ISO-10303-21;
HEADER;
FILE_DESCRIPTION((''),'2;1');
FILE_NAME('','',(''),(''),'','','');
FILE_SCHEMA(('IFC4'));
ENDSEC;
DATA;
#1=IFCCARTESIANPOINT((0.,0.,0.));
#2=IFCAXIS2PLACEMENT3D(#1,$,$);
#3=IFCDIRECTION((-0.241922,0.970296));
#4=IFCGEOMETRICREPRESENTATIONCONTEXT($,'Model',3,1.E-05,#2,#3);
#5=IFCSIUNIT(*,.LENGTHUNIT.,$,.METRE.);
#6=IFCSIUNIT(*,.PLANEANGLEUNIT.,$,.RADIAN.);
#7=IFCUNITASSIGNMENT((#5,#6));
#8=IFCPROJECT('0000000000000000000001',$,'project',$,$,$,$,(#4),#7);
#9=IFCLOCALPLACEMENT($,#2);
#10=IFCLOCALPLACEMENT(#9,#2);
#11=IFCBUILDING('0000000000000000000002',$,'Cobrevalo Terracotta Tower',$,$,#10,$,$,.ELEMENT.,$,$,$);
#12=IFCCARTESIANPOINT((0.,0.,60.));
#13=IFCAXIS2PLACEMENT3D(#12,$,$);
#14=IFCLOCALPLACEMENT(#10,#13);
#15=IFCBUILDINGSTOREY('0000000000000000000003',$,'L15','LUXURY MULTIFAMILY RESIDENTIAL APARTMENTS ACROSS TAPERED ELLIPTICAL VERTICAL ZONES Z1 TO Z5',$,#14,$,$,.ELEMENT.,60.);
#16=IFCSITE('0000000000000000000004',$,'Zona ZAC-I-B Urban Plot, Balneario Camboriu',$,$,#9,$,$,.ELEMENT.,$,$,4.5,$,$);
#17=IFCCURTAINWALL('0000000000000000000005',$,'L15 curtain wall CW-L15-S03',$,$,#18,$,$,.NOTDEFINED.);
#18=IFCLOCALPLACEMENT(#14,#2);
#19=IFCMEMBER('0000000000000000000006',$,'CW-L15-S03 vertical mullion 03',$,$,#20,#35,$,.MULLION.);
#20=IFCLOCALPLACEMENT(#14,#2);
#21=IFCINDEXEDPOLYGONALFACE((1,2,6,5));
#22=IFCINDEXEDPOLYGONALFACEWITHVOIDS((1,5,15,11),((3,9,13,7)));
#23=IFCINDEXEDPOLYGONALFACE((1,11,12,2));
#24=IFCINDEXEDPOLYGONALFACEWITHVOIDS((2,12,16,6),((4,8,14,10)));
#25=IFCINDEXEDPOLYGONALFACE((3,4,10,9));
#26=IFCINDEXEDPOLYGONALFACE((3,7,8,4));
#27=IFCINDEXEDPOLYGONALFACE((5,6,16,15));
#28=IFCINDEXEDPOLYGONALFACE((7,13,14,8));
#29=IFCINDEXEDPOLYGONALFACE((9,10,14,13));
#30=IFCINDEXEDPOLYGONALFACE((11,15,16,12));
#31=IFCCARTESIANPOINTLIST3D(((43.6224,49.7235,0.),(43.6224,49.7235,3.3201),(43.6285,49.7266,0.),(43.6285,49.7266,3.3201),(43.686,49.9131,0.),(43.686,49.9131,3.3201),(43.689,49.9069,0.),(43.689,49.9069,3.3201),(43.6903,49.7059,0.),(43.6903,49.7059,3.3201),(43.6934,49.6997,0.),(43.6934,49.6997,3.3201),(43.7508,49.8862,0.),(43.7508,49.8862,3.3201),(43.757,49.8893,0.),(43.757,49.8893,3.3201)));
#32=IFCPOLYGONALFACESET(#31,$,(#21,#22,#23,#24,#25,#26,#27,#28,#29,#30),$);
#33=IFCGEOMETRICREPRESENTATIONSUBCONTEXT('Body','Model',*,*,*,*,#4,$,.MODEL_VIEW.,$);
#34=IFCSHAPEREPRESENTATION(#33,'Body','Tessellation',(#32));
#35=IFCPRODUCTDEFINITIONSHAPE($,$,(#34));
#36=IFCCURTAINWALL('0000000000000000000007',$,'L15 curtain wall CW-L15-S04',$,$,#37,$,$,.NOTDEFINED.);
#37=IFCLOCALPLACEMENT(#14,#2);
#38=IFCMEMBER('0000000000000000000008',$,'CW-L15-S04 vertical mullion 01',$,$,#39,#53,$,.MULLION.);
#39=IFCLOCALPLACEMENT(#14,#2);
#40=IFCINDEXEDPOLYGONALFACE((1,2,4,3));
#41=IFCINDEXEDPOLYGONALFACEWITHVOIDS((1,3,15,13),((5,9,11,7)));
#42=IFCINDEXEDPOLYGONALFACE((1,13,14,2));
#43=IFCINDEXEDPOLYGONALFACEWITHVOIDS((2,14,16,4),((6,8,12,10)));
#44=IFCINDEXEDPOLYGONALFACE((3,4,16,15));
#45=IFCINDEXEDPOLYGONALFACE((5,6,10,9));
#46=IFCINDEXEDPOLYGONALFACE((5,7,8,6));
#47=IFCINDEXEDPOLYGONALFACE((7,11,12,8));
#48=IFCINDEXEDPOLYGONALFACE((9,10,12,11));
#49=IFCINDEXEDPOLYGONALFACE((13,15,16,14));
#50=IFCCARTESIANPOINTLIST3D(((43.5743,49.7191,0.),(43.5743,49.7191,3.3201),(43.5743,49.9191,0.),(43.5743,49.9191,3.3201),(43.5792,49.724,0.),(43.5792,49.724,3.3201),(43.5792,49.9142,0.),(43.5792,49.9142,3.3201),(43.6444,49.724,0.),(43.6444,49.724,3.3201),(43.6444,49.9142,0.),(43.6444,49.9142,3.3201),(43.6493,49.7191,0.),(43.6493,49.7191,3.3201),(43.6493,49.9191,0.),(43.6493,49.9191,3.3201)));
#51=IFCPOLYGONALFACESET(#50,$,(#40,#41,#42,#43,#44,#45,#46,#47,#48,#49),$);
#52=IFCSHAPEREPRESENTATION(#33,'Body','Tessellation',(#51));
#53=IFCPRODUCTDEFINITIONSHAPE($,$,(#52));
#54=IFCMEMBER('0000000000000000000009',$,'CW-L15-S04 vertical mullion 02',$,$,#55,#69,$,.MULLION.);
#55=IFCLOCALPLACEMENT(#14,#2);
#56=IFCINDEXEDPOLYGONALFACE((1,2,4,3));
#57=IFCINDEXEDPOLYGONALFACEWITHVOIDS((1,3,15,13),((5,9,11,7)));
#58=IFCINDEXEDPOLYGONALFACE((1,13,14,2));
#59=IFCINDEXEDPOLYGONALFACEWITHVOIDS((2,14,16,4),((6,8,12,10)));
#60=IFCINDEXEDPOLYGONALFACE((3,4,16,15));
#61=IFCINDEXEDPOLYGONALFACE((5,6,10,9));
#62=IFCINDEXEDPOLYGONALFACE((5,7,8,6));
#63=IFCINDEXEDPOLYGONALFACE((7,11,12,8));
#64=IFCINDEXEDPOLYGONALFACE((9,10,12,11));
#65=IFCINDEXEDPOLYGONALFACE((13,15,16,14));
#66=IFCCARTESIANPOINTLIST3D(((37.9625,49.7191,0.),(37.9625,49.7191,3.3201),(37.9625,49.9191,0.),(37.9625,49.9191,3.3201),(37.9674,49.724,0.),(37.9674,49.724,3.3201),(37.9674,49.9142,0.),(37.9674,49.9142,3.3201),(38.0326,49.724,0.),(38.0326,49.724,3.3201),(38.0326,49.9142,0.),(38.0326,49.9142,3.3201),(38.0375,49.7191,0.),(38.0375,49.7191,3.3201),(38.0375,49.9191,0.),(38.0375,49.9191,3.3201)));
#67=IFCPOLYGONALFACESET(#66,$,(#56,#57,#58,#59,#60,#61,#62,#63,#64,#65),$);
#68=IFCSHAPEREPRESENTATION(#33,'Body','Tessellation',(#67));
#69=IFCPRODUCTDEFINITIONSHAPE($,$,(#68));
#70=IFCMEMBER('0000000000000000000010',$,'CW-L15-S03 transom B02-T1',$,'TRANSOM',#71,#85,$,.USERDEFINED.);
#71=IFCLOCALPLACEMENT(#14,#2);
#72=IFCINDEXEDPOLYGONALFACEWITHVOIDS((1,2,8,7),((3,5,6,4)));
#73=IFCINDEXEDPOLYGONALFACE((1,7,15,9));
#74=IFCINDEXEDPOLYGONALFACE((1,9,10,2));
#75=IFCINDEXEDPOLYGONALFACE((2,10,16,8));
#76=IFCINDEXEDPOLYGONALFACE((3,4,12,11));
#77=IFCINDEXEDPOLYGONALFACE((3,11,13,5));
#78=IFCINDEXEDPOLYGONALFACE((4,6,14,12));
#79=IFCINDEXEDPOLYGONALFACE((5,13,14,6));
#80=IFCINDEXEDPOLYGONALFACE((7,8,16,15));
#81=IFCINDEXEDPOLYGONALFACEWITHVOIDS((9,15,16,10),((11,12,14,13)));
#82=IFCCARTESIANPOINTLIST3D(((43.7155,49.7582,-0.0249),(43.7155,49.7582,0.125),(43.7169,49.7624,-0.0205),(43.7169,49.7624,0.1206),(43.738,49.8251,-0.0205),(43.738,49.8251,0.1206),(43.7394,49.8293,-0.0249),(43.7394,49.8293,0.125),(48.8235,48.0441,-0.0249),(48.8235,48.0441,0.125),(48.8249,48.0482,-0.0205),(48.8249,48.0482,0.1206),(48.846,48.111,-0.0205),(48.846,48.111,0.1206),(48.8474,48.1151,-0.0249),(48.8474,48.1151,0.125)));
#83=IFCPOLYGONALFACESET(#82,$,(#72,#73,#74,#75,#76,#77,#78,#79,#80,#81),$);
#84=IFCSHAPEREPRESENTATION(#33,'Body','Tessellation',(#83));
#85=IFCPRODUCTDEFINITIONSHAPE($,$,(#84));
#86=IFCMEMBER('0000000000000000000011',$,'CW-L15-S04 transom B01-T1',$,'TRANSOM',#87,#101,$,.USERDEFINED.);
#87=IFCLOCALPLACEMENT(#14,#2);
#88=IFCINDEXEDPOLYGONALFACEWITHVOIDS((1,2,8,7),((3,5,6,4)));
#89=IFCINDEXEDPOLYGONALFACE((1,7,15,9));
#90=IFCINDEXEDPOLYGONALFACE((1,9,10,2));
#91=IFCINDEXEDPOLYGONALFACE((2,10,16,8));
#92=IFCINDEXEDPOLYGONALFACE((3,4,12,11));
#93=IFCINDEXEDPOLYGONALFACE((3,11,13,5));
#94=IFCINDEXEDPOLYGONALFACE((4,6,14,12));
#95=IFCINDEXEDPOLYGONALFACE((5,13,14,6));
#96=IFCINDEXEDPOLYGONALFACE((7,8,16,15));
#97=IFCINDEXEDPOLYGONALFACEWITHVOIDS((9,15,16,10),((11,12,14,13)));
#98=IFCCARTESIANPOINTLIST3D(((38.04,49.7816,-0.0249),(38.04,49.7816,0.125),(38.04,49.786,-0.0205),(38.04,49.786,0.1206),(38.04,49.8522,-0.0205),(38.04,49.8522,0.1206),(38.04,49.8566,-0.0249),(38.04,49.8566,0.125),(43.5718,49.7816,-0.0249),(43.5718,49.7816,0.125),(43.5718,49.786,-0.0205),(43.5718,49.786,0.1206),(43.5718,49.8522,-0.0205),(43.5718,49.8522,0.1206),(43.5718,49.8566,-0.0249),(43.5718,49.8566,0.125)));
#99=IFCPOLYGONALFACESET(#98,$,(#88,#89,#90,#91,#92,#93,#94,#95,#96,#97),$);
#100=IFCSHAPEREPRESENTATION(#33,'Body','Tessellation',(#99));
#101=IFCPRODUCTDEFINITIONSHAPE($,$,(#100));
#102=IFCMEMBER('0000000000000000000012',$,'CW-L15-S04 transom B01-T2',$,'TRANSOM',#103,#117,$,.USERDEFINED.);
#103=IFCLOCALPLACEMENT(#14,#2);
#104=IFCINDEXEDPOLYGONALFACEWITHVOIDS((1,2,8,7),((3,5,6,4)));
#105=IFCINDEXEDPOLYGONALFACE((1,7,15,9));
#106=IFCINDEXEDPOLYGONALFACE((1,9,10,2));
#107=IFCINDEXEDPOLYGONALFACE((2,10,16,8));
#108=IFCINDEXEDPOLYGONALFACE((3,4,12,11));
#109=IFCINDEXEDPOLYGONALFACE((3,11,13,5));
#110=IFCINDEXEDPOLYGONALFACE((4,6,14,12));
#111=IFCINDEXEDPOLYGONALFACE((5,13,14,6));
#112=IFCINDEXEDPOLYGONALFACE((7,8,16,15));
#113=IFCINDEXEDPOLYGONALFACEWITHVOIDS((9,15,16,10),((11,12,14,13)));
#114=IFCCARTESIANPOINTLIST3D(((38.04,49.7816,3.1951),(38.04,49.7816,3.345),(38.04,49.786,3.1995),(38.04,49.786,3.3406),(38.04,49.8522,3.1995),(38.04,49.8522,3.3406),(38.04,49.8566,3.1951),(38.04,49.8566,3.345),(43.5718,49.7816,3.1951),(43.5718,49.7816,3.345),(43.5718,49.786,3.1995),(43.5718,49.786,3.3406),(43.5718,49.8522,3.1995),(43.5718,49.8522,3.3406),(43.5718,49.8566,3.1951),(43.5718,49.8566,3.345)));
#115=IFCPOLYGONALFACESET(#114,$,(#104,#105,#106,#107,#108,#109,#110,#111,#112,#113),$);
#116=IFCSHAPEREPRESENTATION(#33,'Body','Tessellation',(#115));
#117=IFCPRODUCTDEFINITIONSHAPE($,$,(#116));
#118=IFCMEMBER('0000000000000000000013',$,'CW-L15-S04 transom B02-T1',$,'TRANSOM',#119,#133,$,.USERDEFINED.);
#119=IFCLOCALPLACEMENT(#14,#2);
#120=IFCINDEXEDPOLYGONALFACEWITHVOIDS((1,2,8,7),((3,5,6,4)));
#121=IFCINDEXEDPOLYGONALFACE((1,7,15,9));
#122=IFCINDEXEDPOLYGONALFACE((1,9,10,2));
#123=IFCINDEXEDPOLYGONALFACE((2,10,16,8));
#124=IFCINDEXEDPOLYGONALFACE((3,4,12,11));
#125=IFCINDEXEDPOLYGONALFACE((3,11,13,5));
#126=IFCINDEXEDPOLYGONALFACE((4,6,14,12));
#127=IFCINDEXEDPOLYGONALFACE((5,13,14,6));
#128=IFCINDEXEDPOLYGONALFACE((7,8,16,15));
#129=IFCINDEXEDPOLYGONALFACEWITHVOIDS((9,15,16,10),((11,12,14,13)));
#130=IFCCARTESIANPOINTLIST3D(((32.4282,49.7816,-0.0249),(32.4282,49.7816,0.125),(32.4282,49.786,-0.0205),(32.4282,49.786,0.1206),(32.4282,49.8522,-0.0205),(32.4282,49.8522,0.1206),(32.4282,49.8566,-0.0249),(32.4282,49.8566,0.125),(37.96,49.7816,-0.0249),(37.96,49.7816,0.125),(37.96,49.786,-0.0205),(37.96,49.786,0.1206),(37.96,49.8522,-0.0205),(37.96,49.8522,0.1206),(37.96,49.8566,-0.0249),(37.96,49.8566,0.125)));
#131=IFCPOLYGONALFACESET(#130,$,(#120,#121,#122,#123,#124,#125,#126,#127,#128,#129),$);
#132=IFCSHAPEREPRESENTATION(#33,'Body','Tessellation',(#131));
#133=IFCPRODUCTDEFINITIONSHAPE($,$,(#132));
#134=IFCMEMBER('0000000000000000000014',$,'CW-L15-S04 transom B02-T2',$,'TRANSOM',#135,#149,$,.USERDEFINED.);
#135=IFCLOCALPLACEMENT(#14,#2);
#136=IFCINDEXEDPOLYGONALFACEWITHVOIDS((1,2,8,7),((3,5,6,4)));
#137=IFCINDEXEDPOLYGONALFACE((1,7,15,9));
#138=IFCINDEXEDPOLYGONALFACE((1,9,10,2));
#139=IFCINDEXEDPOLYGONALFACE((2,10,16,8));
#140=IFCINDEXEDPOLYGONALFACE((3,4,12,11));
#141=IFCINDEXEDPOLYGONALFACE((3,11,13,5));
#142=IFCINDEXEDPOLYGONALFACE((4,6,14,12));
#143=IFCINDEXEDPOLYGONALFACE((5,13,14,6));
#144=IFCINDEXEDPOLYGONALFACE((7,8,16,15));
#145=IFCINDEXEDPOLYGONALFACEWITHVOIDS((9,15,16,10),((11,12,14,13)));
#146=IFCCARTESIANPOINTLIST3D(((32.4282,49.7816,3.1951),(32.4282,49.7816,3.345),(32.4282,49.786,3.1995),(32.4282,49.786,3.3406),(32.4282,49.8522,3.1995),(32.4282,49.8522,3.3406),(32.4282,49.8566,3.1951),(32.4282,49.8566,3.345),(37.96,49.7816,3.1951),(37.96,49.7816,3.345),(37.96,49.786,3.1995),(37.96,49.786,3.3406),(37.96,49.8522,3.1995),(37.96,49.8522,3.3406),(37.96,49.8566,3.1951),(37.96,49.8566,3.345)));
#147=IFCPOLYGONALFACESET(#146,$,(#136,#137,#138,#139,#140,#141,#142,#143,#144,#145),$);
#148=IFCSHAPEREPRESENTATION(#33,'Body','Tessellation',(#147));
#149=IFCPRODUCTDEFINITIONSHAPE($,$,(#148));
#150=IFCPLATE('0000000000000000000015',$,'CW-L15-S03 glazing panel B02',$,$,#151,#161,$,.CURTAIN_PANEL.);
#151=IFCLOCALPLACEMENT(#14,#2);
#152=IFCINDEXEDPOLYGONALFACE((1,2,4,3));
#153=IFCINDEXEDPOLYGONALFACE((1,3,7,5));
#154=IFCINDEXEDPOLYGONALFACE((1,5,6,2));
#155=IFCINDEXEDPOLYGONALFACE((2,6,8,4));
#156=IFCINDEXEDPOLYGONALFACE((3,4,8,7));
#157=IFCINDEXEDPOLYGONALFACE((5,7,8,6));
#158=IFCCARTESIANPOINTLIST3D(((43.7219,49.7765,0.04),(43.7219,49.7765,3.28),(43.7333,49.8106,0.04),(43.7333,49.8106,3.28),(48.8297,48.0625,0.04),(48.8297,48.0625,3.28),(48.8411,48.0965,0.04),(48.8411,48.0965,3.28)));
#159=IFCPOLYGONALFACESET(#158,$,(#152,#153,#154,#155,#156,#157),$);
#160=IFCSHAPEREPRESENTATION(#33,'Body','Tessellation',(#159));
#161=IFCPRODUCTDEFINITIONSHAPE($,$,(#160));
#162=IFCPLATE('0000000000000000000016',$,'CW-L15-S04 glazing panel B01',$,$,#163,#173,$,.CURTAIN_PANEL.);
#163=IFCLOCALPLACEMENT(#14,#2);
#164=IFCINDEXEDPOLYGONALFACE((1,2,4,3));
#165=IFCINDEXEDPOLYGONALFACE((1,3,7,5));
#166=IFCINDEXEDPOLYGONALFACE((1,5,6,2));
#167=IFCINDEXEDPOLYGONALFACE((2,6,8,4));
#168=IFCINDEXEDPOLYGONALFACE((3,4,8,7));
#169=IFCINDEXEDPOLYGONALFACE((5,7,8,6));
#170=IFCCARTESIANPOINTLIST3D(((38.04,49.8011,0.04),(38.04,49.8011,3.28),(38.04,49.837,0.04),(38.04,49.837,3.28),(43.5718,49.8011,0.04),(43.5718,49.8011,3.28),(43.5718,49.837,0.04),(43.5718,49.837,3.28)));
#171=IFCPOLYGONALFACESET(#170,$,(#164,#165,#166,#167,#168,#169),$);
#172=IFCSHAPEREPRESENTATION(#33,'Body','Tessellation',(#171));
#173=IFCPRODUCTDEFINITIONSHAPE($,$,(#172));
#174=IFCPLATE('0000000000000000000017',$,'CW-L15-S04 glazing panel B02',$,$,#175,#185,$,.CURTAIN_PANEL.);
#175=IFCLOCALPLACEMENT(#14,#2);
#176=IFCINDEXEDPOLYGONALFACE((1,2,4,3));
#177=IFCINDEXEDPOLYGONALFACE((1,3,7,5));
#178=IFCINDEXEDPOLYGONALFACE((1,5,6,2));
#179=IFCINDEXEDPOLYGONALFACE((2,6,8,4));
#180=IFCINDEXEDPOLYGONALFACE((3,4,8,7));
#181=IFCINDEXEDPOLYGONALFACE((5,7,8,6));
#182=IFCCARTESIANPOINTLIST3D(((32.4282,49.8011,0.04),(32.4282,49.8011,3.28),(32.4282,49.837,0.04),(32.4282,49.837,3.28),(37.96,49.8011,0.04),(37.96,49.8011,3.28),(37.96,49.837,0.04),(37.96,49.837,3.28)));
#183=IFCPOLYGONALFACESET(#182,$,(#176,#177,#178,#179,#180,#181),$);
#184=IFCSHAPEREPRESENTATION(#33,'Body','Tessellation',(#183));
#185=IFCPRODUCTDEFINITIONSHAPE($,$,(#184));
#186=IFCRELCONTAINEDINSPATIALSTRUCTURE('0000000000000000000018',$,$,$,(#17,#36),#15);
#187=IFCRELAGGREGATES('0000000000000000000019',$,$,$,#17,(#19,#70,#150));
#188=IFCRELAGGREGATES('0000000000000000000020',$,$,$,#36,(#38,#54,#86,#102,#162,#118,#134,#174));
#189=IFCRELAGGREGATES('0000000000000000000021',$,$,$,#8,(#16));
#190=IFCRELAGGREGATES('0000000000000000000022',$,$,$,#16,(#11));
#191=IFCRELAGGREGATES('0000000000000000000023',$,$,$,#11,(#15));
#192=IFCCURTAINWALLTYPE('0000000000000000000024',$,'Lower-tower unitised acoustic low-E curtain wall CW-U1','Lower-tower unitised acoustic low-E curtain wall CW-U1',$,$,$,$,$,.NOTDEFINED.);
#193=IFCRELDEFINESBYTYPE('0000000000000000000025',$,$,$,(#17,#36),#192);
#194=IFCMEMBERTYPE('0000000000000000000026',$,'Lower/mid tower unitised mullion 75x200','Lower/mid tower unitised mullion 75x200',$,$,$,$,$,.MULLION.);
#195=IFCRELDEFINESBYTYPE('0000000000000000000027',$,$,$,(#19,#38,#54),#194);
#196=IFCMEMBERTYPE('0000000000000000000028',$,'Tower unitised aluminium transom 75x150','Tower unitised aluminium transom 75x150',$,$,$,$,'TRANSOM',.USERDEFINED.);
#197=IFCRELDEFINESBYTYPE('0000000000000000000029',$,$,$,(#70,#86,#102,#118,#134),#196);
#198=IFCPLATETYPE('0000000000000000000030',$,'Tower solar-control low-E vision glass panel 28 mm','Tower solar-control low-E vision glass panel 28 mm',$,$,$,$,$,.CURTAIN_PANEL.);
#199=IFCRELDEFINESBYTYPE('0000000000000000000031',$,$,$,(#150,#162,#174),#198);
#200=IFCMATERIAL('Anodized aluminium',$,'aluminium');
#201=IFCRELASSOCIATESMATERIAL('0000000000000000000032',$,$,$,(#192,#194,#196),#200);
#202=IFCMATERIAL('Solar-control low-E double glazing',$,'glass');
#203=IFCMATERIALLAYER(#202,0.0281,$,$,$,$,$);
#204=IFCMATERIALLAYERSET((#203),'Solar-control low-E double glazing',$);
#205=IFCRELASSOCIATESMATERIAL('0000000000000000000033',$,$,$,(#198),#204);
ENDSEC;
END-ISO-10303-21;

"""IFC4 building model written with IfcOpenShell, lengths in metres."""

from ifc_helpers import new_model, si_unit, direction, frame, origin, origin_2d, place, context, subcontext, project, spatial, rectangle, hollow_rectangle, extrude, source, transform, mapped, material, layer, layer_set, material_profile, profile_set, type_object, element, aggregate, save


model = new_model("IFC4")

# Units and contexts
model_context = context("Model", 3, precision=1e-05, world=origin(), true_north=direction((-0.241922, 0.970296)))
body_context = subcontext(model_context, "Body", "Model", "MODEL_VIEW")
ifc_project = project(units=[si_unit("LENGTHUNIT", "METRE"), si_unit("PLANEANGLEUNIT", "RADIAN")], contexts=[model_context])

# Site, building, storey
site_placement = place(None, origin())
site = spatial("IfcSite", under=ifc_project, at=site_placement, Name="Zona ZAC-I-B Urban Plot, Balneario Camboriu", CompositionType="ELEMENT", RefElevation=4.5)
building_placement = place(site_placement, origin())
building = spatial("IfcBuilding", under=site, at=building_placement, Name="Cobrevalo Terracotta Tower", CompositionType="ELEMENT")
storey_placement = place(building_placement, frame((0.0, 0.0, 60.0)))
storey = spatial("IfcBuildingStorey", under=building, at=storey_placement, Name="L15", Description="LUXURY MULTIFAMILY RESIDENTIAL APARTMENTS ACROSS TAPERED ELLIPTICAL VERTICAL ZONES Z1 TO Z5", CompositionType="ELEMENT", Elevation=60.0)

# Curtain wall, member
ifc_material_1 = material(Name="Anodized aluminium", Category="aluminium")
curtain_wall_type = type_object("IfcCurtainWallType", Name="Lower-tower unitised acoustic low-E curtain wall CW-U1", Description="Lower-tower unitised acoustic low-E curtain wall CW-U1", PredefinedType="NOTDEFINED", material=ifc_material_1)
curtain_wall_1_placement = place(storey_placement, origin())
curtain_wall_1 = element("IfcCurtainWall", 1, at=curtain_wall_1_placement, inside=storey, type_object=curtain_wall_type, Name="L15 curtain wall CW-L15-S03", PredefinedType="NOTDEFINED")
ifc_material_profile_1 = material_profile(ifc_material_1, hollow_rectangle(XDim=0.075, YDim=0.2, WallThickness=0.0049, at=origin_2d()), Name="CWM 75x200")
ifc_profile_set_1 = profile_set([ifc_material_profile_1], Name="Anodized aluminium")
member_type_1 = type_object("IfcMemberType", Name="Lower/mid tower unitised mullion 75x200", Description="Lower/mid tower unitised mullion 75x200", PredefinedType="MULLION", material=ifc_profile_set_1)
shared_shape_1 = source(origin(), body_context, "Body", "SweptSolid", [
    extrude(hollow_rectangle(XDim=0.075, YDim=0.2, WallThickness=0.0049, at=origin_2d()), origin(), (0.0, 0.0, 1.0), 3.3201),
])
member_1_placement = place(storey_placement, frame((43.6897, 49.8064, 0.0), z_axis=(0.0, 0.0, 1.0), x_axis=(-0.948046, 0.318132, 0.0)))
member_1 = element("IfcMember", 2, at=member_1_placement, type_object=member_type_1, Name="CW-L15-S03 vertical mullion 03", PredefinedType="MULLION", context=body_context, shape_type="MappedRepresentation", body=[
    mapped(shared_shape_1, transform((0.0, 0.0, 0.0), scale=1.0)),
])

# Curtain wall, members
curtain_wall_2_placement = place(storey_placement, origin())
curtain_wall_2 = element("IfcCurtainWall", 3, at=curtain_wall_2_placement, inside=storey, type_object=curtain_wall_type, Name="L15 curtain wall CW-L15-S04", PredefinedType="NOTDEFINED")
member_2_placement = place(storey_placement, frame((43.6118, 49.8191, 0.0), z_axis=(0.0, 0.0, 1.0), x_axis=(-1.0, 0.0, 0.0)))
member_2 = element("IfcMember", 4, at=member_2_placement, type_object=member_type_1, Name="CW-L15-S04 vertical mullion 01", PredefinedType="MULLION", context=body_context, shape_type="MappedRepresentation", body=[
    mapped(shared_shape_1, transform((0.0, 0.0, 0.0), scale=1.0)),
])
member_3_placement = place(storey_placement, frame((38.0, 49.8191, 0.0), z_axis=(0.0, 0.0, 1.0), x_axis=(-1.0, 0.0, 0.0)))
member_3 = element("IfcMember", 5, at=member_3_placement, type_object=member_type_1, Name="CW-L15-S04 vertical mullion 02", PredefinedType="MULLION", context=body_context, shape_type="MappedRepresentation", body=[
    mapped(shared_shape_1, transform((0.0, 0.0, 0.0), scale=1.0)),
])

# Members
ifc_material_profile_2 = material_profile(ifc_material_1, hollow_rectangle(XDim=0.075, YDim=0.1499, WallThickness=0.0044, at=origin_2d()), Name="CWT 75x150")
ifc_profile_set_2 = profile_set([ifc_material_profile_2], Name="Anodized aluminium")
member_type_2 = type_object("IfcMemberType", Name="Tower unitised aluminium transom 75x150", Description="Tower unitised aluminium transom 75x150", ElementType="TRANSOM", PredefinedType="USERDEFINED", material=ifc_profile_set_2)
shared_shape_2 = source(origin(), body_context, "Body", "SweptSolid", [
    extrude(hollow_rectangle(XDim=0.075, YDim=0.1499, WallThickness=0.0044, at=origin_2d()), origin(), (0.0, 0.0, 1.0), 5.3879),
])
member_4_placement = place(storey_placement, frame((48.8354, 48.0796, 0.05), z_axis=(-0.948042, 0.318144, 0.0), x_axis=(-0.318144, -0.948042, 0.0)))
member_4 = element("IfcMember", 6, at=member_4_placement, type_object=member_type_2, Name="CW-L15-S03 transom B02-T1", ObjectType="TRANSOM", PredefinedType="USERDEFINED", context=body_context, shape_type="MappedRepresentation", body=[
    mapped(shared_shape_2, transform((0.0, 0.0, 0.0), scale=1.0)),
])
shared_shape_3 = source(origin(), body_context, "Body", "SweptSolid", [
    extrude(hollow_rectangle(XDim=0.075, YDim=0.1499, WallThickness=0.0044, at=origin_2d()), origin(), (0.0, 0.0, 1.0), 5.5317),
])
member_5_placement = place(storey_placement, frame((43.5718, 49.8191, 0.05), z_axis=(-1.0, 0.0, 0.0), x_axis=(0.0, -1.0, 0.0)))
member_5 = element("IfcMember", 7, at=member_5_placement, type_object=member_type_2, Name="CW-L15-S04 transom B01-T1", ObjectType="TRANSOM", PredefinedType="USERDEFINED", context=body_context, shape_type="MappedRepresentation", body=[
    mapped(shared_shape_3, transform((0.0, 0.0, 0.0), scale=1.0)),
])
member_6_placement = place(storey_placement, frame((43.5718, 49.8191, 3.27), z_axis=(-1.0, 0.0, 0.0), x_axis=(0.0, -1.0, 0.0)))
member_6 = element("IfcMember", 8, at=member_6_placement, type_object=member_type_2, Name="CW-L15-S04 transom B01-T2", ObjectType="TRANSOM", PredefinedType="USERDEFINED", context=body_context, shape_type="MappedRepresentation", body=[
    mapped(shared_shape_3, transform((0.0, 0.0, 0.0), scale=1.0)),
])
member_7_placement = place(storey_placement, frame((37.96, 49.8191, 0.05), z_axis=(-1.0, 0.0, 0.0), x_axis=(0.0, -1.0, 0.0)))
member_7 = element("IfcMember", 9, at=member_7_placement, type_object=member_type_2, Name="CW-L15-S04 transom B02-T1", ObjectType="TRANSOM", PredefinedType="USERDEFINED", context=body_context, shape_type="MappedRepresentation", body=[
    mapped(shared_shape_3, transform((0.0, 0.0, 0.0), scale=1.0)),
])
member_8_placement = place(storey_placement, frame((37.96, 49.8191, 3.27), z_axis=(-1.0, 0.0, 0.0), x_axis=(0.0, -1.0, 0.0)))
member_8 = element("IfcMember", 10, at=member_8_placement, type_object=member_type_2, Name="CW-L15-S04 transom B02-T2", ObjectType="TRANSOM", PredefinedType="USERDEFINED", context=body_context, shape_type="MappedRepresentation", body=[
    mapped(shared_shape_3, transform((0.0, 0.0, 0.0), scale=1.0)),
])

# Plates
ifc_material_2 = material(Name="Solar-control low-E double glazing", Category="glass")
ifc_layer_1 = layer(ifc_material_2, 0.0281)
ifc_layer_set_1 = layer_set([ifc_layer_1], Name="Solar-control low-E double glazing")
plate_type = type_object("IfcPlateType", Name="Tower solar-control low-E vision glass panel 28 mm", Description="Tower solar-control low-E vision glass panel 28 mm", PredefinedType="CURTAIN_PANEL", material=ifc_layer_set_1)
shared_shape_4 = source(origin(), body_context, "Body", "SweptSolid", [
    extrude(rectangle(XDim=5.3877, YDim=0.0359, at=origin_2d()), origin(), (0.0, 0.0, 1.0), 3.24),
])
plate_1_placement = place(storey_placement, frame((46.2815, 48.9365, 0.04), z_axis=(0.0, 0.0, 1.0), x_axis=(-0.948044, 0.318139, 0.0)))
plate_1 = element("IfcPlate", 11, at=plate_1_placement, type_object=plate_type, Name="CW-L15-S03 glazing panel B02", PredefinedType="CURTAIN_PANEL", context=body_context, shape_type="MappedRepresentation", body=[
    mapped(shared_shape_4, transform((0.0, 0.0, 0.0), scale=1.0)),
])
aggregate(curtain_wall_1, [member_1, member_4, plate_1])
shared_shape_5 = source(origin(), body_context, "Body", "SweptSolid", [
    extrude(rectangle(XDim=5.5317, YDim=0.0359, at=origin_2d()), origin(), (0.0, 0.0, 1.0), 3.24),
])
plate_2_placement = place(storey_placement, frame((40.8059, 49.8191, 0.04), z_axis=(0.0, 0.0, 1.0), x_axis=(-1.0, 0.0, 0.0)))
plate_2 = element("IfcPlate", 12, at=plate_2_placement, type_object=plate_type, Name="CW-L15-S04 glazing panel B01", PredefinedType="CURTAIN_PANEL", context=body_context, shape_type="MappedRepresentation", body=[
    mapped(shared_shape_5, transform((0.0, 0.0, 0.0), scale=1.0)),
])
plate_3_placement = place(storey_placement, frame((35.1941, 49.8191, 0.04), z_axis=(0.0, 0.0, 1.0), x_axis=(-1.0, 0.0, 0.0)))
plate_3 = element("IfcPlate", 13, at=plate_3_placement, type_object=plate_type, Name="CW-L15-S04 glazing panel B02", PredefinedType="CURTAIN_PANEL", context=body_context, shape_type="MappedRepresentation", body=[
    mapped(shared_shape_5, transform((0.0, 0.0, 0.0), scale=1.0)),
])
aggregate(curtain_wall_2, [member_2, member_3, member_5, member_6, plate_2, member_7, member_8, plate_3])

save(model, "model.ifc")
